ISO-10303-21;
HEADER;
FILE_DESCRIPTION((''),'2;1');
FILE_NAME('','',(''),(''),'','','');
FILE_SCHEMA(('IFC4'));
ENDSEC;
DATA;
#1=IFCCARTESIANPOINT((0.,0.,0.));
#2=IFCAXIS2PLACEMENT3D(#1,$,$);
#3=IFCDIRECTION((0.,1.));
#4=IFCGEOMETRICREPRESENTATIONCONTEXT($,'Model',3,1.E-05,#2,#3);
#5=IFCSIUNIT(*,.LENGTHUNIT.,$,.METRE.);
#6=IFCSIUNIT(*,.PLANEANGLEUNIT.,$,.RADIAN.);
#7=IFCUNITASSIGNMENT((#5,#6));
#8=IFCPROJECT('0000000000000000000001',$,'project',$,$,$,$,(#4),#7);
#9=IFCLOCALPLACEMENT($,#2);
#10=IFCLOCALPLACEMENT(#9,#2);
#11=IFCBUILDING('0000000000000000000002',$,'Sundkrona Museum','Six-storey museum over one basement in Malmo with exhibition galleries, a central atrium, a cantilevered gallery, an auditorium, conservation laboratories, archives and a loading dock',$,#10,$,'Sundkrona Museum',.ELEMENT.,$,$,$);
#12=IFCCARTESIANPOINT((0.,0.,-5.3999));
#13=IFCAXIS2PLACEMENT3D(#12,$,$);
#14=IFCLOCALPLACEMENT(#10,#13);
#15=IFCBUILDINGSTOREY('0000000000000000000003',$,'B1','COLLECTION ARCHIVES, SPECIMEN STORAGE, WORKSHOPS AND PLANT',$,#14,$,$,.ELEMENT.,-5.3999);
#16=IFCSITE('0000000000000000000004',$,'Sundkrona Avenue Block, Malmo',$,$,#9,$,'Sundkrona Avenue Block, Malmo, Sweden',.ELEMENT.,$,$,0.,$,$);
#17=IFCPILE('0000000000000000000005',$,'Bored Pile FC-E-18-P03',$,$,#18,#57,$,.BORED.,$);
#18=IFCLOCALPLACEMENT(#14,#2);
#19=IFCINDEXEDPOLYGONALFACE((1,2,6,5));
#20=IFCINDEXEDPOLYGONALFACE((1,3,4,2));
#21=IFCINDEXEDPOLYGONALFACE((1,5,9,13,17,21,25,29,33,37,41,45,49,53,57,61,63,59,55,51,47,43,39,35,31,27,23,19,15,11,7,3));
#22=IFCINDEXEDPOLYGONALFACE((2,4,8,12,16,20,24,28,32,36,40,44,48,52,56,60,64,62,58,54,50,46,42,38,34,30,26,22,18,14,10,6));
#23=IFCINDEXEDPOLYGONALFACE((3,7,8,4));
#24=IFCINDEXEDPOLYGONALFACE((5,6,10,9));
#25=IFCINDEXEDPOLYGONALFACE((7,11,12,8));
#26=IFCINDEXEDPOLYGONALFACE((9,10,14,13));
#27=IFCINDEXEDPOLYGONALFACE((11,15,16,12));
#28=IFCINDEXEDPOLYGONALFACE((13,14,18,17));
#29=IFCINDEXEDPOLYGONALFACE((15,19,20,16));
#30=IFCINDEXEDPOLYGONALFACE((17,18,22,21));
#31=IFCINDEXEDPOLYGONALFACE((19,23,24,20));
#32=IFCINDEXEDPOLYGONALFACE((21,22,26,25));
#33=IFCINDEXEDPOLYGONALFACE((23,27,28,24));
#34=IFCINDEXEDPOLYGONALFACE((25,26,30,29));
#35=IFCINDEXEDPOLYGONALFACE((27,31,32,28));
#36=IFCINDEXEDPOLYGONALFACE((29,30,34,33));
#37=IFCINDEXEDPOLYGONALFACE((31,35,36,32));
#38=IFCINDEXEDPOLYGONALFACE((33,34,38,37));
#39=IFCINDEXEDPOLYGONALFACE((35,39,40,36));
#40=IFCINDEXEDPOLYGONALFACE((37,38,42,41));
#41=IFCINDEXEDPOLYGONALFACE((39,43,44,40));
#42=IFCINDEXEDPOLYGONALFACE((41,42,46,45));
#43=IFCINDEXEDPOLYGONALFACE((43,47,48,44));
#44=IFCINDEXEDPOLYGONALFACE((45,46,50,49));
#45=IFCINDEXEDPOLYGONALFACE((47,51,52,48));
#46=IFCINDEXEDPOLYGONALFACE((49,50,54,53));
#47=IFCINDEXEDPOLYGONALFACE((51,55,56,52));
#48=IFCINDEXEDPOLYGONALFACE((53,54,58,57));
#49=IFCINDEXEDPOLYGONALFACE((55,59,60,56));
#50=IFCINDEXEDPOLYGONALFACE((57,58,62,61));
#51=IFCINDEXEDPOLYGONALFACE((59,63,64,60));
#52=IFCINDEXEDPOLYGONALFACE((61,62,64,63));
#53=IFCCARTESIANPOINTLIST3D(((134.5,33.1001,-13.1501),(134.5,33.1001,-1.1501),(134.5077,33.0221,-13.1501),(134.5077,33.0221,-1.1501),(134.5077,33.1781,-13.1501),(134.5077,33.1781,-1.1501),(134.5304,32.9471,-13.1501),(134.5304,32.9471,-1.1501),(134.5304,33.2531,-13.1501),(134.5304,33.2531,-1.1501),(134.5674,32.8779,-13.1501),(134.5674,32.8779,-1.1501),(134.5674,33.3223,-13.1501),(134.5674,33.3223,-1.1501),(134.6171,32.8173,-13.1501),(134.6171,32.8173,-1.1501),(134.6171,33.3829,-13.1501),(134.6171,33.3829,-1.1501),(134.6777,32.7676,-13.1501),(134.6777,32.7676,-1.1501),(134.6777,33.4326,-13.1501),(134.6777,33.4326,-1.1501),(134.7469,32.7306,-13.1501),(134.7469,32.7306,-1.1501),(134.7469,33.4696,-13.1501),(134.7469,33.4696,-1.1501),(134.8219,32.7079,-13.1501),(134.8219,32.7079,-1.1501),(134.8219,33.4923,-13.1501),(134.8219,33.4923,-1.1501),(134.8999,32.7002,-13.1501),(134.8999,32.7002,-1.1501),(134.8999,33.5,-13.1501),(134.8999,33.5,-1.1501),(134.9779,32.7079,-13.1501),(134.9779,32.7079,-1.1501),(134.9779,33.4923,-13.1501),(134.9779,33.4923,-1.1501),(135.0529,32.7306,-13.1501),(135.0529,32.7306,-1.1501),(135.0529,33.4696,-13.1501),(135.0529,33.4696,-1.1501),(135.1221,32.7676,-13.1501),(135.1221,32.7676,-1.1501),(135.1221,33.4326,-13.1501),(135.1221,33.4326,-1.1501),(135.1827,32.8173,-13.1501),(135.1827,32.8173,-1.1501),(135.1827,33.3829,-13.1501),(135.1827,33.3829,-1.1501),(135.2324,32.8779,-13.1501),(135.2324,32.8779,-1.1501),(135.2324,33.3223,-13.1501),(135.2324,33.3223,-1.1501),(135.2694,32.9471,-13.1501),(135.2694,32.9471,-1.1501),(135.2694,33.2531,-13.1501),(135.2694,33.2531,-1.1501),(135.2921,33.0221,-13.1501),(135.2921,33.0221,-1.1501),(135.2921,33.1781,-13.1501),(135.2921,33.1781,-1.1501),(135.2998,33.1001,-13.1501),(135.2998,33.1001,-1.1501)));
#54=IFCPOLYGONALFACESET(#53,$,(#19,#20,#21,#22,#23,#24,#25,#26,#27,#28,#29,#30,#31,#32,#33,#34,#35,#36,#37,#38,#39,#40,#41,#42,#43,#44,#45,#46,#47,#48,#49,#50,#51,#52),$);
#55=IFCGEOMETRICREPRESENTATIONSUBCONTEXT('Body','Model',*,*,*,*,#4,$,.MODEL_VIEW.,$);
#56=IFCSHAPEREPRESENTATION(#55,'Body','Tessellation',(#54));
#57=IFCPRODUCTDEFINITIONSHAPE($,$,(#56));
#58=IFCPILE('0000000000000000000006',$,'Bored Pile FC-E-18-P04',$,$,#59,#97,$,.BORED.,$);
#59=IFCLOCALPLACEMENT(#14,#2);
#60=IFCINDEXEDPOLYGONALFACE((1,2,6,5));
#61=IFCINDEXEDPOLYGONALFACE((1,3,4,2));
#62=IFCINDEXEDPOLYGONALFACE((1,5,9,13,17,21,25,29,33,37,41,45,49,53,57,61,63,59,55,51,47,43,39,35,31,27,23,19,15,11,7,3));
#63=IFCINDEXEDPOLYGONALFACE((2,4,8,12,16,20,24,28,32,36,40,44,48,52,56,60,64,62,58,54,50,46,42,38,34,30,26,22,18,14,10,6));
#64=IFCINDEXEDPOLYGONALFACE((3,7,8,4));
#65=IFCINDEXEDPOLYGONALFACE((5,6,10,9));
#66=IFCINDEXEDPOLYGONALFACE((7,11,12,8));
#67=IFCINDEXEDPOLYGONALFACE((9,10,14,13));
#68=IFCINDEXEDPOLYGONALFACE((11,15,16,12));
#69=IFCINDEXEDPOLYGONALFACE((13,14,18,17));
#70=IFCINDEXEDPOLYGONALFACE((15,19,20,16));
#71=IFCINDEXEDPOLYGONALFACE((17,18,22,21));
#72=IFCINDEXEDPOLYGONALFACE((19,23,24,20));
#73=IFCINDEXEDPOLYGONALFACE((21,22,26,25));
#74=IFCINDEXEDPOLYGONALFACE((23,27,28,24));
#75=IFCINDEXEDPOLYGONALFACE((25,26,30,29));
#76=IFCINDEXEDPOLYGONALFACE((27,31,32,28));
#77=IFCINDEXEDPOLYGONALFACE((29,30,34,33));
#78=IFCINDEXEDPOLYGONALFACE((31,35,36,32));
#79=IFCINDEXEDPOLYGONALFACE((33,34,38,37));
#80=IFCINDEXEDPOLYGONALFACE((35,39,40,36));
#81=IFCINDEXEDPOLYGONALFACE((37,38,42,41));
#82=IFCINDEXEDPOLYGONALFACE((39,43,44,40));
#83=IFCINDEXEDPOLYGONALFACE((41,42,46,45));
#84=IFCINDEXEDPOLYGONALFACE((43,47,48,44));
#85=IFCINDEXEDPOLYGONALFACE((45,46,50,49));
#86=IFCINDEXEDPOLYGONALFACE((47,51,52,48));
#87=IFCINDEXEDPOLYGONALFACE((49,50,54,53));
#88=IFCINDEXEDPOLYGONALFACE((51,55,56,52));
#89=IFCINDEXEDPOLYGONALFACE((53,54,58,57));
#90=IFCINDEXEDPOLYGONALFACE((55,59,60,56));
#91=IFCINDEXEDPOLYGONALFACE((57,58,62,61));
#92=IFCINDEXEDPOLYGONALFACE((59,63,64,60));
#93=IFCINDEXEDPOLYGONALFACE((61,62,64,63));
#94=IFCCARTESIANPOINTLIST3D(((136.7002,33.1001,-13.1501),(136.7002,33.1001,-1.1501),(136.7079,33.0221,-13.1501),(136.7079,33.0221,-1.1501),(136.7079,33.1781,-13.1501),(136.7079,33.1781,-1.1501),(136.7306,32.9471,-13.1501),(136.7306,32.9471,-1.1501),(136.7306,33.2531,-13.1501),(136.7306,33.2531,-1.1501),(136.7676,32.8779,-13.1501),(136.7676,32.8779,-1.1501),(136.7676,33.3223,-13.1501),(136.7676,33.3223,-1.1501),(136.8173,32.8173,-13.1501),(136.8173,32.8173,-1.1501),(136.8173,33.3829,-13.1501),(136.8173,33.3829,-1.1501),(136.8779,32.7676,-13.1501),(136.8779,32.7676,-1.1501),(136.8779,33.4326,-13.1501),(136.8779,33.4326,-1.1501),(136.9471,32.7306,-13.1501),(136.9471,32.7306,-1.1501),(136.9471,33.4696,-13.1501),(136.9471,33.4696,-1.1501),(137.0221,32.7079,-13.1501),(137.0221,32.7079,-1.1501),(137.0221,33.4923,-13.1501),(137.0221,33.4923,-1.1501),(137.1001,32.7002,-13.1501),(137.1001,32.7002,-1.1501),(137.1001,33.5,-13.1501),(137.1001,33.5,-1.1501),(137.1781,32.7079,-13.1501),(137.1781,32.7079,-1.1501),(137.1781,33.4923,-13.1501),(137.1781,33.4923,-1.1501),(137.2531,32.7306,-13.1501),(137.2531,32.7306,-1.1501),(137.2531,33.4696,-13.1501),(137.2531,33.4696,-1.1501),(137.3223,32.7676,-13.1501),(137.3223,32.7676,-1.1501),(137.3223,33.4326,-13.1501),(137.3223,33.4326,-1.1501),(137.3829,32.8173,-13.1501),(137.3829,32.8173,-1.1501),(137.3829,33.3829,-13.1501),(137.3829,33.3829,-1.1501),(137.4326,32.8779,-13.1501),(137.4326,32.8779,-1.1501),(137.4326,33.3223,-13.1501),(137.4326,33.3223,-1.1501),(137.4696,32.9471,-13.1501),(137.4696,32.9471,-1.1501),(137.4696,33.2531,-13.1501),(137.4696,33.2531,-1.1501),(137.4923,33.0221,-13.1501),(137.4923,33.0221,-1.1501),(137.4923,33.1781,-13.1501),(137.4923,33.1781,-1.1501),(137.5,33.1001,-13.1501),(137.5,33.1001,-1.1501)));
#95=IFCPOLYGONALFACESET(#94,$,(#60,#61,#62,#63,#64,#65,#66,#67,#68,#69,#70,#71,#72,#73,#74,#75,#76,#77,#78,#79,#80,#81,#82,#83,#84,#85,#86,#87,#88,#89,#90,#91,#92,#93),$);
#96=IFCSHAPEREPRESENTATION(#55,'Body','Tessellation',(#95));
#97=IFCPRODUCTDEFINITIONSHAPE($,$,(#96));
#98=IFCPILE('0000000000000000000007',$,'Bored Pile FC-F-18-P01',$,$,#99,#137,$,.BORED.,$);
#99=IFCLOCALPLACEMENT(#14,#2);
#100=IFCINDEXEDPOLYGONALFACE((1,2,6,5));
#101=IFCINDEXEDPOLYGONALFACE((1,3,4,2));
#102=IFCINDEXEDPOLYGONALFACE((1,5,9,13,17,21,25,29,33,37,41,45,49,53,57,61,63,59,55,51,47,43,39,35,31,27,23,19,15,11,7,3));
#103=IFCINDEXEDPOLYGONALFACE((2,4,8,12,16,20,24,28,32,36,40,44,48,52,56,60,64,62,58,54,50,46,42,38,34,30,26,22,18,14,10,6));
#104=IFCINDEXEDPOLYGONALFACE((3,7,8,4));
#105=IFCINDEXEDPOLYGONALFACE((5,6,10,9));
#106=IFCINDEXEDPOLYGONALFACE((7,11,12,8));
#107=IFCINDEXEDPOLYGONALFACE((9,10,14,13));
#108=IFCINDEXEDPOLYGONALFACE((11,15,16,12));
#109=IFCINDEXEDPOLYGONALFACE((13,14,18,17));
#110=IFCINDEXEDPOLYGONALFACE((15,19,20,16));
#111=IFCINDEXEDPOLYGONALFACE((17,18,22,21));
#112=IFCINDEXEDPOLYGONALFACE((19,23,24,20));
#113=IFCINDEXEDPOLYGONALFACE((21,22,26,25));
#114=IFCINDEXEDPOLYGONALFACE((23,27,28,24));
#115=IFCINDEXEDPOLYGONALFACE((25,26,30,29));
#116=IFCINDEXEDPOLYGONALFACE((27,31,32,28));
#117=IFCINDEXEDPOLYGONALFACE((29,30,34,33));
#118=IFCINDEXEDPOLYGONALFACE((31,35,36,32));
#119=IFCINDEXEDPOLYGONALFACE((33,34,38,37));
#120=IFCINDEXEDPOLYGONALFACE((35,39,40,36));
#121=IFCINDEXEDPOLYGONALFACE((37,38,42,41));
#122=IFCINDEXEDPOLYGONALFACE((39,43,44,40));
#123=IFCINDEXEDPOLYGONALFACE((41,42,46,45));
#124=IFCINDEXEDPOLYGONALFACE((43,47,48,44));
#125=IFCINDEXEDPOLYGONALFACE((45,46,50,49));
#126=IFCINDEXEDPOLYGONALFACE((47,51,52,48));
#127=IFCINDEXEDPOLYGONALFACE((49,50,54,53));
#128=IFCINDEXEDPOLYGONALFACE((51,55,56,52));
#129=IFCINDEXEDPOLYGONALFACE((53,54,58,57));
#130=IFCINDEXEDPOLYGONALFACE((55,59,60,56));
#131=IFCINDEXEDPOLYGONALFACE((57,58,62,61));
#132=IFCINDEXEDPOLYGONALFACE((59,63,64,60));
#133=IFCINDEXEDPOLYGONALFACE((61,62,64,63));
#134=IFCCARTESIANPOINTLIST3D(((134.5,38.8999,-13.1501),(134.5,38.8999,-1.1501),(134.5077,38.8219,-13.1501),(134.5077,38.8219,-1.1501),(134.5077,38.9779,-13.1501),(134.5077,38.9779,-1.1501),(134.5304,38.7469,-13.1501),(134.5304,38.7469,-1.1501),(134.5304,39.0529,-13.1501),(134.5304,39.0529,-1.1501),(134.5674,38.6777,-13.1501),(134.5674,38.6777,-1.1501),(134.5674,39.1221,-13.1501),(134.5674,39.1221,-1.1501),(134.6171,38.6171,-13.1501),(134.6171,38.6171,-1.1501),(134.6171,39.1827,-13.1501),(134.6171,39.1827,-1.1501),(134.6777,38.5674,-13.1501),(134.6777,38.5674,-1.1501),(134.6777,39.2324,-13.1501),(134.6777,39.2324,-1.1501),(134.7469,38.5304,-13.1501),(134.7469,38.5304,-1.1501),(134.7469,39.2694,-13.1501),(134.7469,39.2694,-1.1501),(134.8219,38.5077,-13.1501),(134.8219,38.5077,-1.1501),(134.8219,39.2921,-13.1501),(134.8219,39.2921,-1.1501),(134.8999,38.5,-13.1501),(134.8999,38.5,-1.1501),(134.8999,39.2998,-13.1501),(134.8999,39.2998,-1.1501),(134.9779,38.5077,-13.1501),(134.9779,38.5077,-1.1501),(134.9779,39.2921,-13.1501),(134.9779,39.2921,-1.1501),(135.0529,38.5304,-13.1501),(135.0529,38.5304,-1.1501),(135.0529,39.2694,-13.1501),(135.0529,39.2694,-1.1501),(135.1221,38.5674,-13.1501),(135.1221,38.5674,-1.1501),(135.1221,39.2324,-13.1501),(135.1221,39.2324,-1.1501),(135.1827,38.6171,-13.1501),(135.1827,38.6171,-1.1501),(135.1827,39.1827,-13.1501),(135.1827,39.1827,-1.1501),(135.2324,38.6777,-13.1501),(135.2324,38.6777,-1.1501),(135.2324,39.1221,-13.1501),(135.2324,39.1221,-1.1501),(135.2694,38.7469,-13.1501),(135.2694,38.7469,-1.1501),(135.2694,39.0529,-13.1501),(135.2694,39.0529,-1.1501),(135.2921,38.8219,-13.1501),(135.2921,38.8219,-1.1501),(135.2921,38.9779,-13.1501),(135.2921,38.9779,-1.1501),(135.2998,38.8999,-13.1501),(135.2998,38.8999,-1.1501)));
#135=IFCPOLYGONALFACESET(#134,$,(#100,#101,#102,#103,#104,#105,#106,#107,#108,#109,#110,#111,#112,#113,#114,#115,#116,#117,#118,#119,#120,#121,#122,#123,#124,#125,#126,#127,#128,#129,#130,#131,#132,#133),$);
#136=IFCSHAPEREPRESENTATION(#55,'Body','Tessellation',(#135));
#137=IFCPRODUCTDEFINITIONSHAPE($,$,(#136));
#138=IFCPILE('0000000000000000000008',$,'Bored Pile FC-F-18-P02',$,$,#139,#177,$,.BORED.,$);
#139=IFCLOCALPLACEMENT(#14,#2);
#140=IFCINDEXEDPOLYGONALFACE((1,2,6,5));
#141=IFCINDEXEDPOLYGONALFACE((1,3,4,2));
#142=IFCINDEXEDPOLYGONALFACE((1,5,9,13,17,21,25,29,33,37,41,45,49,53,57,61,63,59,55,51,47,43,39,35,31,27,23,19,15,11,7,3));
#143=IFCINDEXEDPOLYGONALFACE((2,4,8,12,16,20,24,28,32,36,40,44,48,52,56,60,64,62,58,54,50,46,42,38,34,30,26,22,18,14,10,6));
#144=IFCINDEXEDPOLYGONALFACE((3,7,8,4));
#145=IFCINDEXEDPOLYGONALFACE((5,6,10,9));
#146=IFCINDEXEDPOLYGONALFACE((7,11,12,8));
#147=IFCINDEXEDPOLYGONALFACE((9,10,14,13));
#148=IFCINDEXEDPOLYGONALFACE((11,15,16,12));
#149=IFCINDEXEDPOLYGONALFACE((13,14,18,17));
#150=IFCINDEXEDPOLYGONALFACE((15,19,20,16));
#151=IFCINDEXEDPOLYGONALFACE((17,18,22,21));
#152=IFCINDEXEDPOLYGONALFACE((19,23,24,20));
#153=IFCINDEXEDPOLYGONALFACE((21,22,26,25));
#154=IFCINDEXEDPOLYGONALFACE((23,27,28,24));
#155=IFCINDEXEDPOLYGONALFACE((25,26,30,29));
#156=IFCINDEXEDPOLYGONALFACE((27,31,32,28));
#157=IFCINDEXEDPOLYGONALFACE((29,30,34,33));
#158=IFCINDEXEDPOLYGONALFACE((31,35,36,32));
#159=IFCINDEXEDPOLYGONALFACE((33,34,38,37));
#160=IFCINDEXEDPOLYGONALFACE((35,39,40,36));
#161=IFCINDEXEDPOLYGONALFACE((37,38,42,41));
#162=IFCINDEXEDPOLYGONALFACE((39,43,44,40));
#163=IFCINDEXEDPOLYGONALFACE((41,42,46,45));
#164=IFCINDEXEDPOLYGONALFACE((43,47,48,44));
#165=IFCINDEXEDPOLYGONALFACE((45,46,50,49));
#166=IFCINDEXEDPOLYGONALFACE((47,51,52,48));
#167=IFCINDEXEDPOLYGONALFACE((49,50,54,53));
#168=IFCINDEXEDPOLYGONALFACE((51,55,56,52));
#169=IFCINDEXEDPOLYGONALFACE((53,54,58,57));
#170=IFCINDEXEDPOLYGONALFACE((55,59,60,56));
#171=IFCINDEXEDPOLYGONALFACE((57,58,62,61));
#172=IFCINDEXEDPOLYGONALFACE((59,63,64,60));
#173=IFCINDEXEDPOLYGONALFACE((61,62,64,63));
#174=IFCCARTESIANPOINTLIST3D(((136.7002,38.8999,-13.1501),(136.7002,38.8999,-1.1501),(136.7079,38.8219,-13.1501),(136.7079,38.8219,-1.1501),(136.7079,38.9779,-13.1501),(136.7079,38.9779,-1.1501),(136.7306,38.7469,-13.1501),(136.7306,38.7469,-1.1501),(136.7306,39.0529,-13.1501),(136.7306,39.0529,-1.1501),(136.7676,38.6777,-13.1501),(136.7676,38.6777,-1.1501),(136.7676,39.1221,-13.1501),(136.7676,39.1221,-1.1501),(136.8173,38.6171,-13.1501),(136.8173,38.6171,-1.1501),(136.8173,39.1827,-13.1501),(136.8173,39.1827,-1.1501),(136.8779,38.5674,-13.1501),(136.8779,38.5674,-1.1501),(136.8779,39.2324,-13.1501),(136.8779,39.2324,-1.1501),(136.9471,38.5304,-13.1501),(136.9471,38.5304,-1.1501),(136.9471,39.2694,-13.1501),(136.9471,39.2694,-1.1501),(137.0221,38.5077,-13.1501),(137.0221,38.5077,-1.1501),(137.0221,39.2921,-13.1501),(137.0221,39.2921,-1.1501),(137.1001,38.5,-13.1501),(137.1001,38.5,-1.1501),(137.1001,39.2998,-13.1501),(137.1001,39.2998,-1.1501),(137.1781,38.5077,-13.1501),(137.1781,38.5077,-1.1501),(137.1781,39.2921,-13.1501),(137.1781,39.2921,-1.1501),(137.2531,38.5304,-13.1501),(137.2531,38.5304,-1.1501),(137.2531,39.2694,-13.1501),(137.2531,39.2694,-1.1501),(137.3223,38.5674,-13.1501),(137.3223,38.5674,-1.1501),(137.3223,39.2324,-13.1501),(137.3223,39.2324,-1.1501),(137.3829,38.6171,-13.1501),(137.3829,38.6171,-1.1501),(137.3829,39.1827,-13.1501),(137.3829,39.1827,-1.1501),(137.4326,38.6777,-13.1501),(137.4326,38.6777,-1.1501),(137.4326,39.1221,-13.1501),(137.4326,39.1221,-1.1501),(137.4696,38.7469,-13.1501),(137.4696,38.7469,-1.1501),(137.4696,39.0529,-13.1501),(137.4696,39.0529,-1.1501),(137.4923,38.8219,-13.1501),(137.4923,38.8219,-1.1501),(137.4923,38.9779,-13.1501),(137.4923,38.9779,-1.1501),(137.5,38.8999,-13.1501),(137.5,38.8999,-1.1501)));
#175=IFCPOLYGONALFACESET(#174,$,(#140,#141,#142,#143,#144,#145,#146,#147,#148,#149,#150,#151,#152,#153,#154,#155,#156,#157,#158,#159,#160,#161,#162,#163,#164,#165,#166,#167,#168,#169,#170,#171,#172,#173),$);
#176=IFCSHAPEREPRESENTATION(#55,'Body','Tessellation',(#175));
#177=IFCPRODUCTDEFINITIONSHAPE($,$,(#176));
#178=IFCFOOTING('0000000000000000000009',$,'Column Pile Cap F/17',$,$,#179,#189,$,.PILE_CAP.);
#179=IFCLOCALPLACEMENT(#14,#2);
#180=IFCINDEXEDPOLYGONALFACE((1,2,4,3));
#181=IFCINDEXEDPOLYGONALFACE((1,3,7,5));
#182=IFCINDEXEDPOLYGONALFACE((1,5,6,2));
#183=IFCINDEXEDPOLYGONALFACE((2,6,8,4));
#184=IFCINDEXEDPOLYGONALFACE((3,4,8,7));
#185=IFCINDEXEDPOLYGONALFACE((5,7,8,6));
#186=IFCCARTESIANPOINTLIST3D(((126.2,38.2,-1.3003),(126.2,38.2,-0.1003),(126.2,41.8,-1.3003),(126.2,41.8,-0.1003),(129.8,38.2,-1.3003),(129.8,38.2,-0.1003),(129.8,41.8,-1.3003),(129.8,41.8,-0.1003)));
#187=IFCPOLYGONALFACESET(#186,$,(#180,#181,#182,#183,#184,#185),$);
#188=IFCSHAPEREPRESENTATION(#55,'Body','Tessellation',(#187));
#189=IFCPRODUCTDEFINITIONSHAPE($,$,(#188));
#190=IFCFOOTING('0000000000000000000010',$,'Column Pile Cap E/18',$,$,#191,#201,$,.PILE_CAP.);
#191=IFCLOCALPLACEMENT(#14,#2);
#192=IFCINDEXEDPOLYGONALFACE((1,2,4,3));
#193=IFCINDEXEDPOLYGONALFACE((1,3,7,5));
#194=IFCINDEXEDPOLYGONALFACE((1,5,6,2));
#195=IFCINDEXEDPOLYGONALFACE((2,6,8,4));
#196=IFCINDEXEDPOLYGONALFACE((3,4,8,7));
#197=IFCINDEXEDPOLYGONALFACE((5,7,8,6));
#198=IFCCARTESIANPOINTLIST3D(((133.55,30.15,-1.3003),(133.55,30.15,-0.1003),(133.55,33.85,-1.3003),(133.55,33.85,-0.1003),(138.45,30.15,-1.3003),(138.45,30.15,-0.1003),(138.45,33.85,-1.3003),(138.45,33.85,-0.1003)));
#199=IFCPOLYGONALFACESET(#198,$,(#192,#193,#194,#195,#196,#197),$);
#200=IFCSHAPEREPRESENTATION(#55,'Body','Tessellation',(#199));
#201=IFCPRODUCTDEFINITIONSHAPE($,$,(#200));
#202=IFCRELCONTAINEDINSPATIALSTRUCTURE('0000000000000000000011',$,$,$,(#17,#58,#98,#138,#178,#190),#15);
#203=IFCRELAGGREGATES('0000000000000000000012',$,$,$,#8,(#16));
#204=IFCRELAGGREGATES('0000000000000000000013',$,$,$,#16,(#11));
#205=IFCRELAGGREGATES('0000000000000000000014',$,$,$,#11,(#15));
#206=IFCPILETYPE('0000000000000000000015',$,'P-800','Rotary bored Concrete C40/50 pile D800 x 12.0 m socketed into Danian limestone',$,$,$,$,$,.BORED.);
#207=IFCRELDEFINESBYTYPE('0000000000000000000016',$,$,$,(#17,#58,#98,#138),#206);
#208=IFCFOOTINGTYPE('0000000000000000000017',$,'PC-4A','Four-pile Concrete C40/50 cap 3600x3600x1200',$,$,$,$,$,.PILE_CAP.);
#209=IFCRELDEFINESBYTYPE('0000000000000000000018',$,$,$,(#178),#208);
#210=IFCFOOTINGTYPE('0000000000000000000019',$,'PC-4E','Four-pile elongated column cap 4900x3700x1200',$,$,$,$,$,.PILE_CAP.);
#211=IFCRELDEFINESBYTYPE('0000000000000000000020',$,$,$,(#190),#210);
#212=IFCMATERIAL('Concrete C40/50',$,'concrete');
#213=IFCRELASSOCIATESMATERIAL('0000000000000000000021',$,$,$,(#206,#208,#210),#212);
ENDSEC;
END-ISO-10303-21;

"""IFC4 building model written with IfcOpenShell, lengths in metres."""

from ifc_helpers import new_model, si_unit, direction, frame, origin, origin_2d, place, context, subcontext, project, spatial, rectangle, circle, extrude, material, material_profile, profile_set, type_object, element, save


model = new_model("IFC4")

# Units and contexts
model_context = context("Model", 3, precision=1e-05, world=origin(), true_north=direction((0.0, 1.0)))
body_context = subcontext(model_context, "Body", "Model", "MODEL_VIEW")
ifc_project = project(units=[si_unit("LENGTHUNIT", "METRE"), si_unit("PLANEANGLEUNIT", "RADIAN")], contexts=[model_context])

# Site, building, storey
site_placement = place(None, origin())
site = spatial("IfcSite", under=ifc_project, at=site_placement, Name="Sundkrona Avenue Block, Malmo", LongName="Sundkrona Avenue Block, Malmo, Sweden", CompositionType="ELEMENT", RefElevation=0.0)
building_placement = place(site_placement, origin())
building = spatial("IfcBuilding", under=site, at=building_placement, Name="Sundkrona Museum", Description="Six-storey museum over one basement in Malmo with exhibition galleries, a central atrium, a cantilevered gallery, an auditorium, conservation laboratories, archives and a loading dock", LongName="Sundkrona Museum", CompositionType="ELEMENT")
storey_placement = place(building_placement, frame((0.0, 0.0, -5.3999)))
storey = spatial("IfcBuildingStorey", under=building, at=storey_placement, Name="B1", Description="COLLECTION ARCHIVES, SPECIMEN STORAGE, WORKSHOPS AND PLANT", CompositionType="ELEMENT", Elevation=-5.3999)

# Shared definitions
ifc_material_1 = material(Name="Concrete C40/50", Category="concrete")

# Piles
ifc_material_profile_1 = material_profile(ifc_material_1, circle(Radius=0.3999, at=origin_2d()), Name="PILE D800")
ifc_profile_set_1 = profile_set([ifc_material_profile_1], Name="Concrete C40/50")
pile_type = type_object("IfcPileType", Name="P-800", Description="Rotary bored Concrete C40/50 pile D800 x 12.0 m socketed into Danian limestone", PredefinedType="BORED", material=ifc_profile_set_1)
for number, where, z_axis, x_axis, name in (
    (1, (134.8999, 33.1001, -1.1501), (0.0, 0.0, -1.0), (1.0, 0.0, 0.0), "Bored Pile FC-E-18-P03"),
    (2, (137.1001, 33.1001, -1.1501), (0.0, 0.0, -1.0), (1.0, 0.0, 0.0), "Bored Pile FC-E-18-P04"),
    (3, (134.8999, 38.8999, -1.1501), (0.0, 0.0, -1.0), (1.0, 0.0, 0.0), "Bored Pile FC-F-18-P01"),
    (4, (137.1001, 38.8999, -1.1501), (0.0, 0.0, -1.0), (1.0, 0.0, 0.0), "Bored Pile FC-F-18-P02"),
):
    element("IfcPile", number, at=place(storey_placement, frame(where, z_axis=z_axis, x_axis=x_axis)), inside=storey, type_object=pile_type, Name=name, PredefinedType="BORED", context=body_context, shape_type="SweptSolid", body=[
        extrude(circle(Radius=0.3999, at=origin_2d()), origin(), (0.0, 0.0, 1.0), 12.0),
    ])

# Footings
footing_type_1 = type_object("IfcFootingType", Name="PC-4A", Description="Four-pile Concrete C40/50 cap 3600x3600x1200", PredefinedType="PILE_CAP", material=ifc_material_1)
footing_1_placement = place(storey_placement, frame((128.0, 40.0, -1.3003), z_axis=(0.0, 0.0, 1.0), x_axis=(1.0, 0.0, 0.0)))
element("IfcFooting", 5, at=footing_1_placement, inside=storey, type_object=footing_type_1, Name="Column Pile Cap F/17", PredefinedType="PILE_CAP", context=body_context, shape_type="SweptSolid", body=[
    extrude(rectangle(XDim=3.6001, YDim=3.6001, at=origin_2d()), origin(), (0.0, 0.0, 1.0), 1.2),
])
footing_type_2 = type_object("IfcFootingType", Name="PC-4E", Description="Four-pile elongated column cap 4900x3700x1200", PredefinedType="PILE_CAP", material=ifc_material_1)
footing_2_placement = place(storey_placement, frame((136.0, 32.0, -1.3003), z_axis=(0.0, 0.0, 1.0), x_axis=(1.0, 0.0, 0.0)))
element("IfcFooting", 6, at=footing_2_placement, inside=storey, type_object=footing_type_2, Name="Column Pile Cap E/18", PredefinedType="PILE_CAP", context=body_context, shape_type="SweptSolid", body=[
    extrude(rectangle(XDim=4.8999, YDim=3.7, at=origin_2d()), origin(), (0.0, 0.0, 1.0), 1.2),
])

save(model, "model.ifc")
